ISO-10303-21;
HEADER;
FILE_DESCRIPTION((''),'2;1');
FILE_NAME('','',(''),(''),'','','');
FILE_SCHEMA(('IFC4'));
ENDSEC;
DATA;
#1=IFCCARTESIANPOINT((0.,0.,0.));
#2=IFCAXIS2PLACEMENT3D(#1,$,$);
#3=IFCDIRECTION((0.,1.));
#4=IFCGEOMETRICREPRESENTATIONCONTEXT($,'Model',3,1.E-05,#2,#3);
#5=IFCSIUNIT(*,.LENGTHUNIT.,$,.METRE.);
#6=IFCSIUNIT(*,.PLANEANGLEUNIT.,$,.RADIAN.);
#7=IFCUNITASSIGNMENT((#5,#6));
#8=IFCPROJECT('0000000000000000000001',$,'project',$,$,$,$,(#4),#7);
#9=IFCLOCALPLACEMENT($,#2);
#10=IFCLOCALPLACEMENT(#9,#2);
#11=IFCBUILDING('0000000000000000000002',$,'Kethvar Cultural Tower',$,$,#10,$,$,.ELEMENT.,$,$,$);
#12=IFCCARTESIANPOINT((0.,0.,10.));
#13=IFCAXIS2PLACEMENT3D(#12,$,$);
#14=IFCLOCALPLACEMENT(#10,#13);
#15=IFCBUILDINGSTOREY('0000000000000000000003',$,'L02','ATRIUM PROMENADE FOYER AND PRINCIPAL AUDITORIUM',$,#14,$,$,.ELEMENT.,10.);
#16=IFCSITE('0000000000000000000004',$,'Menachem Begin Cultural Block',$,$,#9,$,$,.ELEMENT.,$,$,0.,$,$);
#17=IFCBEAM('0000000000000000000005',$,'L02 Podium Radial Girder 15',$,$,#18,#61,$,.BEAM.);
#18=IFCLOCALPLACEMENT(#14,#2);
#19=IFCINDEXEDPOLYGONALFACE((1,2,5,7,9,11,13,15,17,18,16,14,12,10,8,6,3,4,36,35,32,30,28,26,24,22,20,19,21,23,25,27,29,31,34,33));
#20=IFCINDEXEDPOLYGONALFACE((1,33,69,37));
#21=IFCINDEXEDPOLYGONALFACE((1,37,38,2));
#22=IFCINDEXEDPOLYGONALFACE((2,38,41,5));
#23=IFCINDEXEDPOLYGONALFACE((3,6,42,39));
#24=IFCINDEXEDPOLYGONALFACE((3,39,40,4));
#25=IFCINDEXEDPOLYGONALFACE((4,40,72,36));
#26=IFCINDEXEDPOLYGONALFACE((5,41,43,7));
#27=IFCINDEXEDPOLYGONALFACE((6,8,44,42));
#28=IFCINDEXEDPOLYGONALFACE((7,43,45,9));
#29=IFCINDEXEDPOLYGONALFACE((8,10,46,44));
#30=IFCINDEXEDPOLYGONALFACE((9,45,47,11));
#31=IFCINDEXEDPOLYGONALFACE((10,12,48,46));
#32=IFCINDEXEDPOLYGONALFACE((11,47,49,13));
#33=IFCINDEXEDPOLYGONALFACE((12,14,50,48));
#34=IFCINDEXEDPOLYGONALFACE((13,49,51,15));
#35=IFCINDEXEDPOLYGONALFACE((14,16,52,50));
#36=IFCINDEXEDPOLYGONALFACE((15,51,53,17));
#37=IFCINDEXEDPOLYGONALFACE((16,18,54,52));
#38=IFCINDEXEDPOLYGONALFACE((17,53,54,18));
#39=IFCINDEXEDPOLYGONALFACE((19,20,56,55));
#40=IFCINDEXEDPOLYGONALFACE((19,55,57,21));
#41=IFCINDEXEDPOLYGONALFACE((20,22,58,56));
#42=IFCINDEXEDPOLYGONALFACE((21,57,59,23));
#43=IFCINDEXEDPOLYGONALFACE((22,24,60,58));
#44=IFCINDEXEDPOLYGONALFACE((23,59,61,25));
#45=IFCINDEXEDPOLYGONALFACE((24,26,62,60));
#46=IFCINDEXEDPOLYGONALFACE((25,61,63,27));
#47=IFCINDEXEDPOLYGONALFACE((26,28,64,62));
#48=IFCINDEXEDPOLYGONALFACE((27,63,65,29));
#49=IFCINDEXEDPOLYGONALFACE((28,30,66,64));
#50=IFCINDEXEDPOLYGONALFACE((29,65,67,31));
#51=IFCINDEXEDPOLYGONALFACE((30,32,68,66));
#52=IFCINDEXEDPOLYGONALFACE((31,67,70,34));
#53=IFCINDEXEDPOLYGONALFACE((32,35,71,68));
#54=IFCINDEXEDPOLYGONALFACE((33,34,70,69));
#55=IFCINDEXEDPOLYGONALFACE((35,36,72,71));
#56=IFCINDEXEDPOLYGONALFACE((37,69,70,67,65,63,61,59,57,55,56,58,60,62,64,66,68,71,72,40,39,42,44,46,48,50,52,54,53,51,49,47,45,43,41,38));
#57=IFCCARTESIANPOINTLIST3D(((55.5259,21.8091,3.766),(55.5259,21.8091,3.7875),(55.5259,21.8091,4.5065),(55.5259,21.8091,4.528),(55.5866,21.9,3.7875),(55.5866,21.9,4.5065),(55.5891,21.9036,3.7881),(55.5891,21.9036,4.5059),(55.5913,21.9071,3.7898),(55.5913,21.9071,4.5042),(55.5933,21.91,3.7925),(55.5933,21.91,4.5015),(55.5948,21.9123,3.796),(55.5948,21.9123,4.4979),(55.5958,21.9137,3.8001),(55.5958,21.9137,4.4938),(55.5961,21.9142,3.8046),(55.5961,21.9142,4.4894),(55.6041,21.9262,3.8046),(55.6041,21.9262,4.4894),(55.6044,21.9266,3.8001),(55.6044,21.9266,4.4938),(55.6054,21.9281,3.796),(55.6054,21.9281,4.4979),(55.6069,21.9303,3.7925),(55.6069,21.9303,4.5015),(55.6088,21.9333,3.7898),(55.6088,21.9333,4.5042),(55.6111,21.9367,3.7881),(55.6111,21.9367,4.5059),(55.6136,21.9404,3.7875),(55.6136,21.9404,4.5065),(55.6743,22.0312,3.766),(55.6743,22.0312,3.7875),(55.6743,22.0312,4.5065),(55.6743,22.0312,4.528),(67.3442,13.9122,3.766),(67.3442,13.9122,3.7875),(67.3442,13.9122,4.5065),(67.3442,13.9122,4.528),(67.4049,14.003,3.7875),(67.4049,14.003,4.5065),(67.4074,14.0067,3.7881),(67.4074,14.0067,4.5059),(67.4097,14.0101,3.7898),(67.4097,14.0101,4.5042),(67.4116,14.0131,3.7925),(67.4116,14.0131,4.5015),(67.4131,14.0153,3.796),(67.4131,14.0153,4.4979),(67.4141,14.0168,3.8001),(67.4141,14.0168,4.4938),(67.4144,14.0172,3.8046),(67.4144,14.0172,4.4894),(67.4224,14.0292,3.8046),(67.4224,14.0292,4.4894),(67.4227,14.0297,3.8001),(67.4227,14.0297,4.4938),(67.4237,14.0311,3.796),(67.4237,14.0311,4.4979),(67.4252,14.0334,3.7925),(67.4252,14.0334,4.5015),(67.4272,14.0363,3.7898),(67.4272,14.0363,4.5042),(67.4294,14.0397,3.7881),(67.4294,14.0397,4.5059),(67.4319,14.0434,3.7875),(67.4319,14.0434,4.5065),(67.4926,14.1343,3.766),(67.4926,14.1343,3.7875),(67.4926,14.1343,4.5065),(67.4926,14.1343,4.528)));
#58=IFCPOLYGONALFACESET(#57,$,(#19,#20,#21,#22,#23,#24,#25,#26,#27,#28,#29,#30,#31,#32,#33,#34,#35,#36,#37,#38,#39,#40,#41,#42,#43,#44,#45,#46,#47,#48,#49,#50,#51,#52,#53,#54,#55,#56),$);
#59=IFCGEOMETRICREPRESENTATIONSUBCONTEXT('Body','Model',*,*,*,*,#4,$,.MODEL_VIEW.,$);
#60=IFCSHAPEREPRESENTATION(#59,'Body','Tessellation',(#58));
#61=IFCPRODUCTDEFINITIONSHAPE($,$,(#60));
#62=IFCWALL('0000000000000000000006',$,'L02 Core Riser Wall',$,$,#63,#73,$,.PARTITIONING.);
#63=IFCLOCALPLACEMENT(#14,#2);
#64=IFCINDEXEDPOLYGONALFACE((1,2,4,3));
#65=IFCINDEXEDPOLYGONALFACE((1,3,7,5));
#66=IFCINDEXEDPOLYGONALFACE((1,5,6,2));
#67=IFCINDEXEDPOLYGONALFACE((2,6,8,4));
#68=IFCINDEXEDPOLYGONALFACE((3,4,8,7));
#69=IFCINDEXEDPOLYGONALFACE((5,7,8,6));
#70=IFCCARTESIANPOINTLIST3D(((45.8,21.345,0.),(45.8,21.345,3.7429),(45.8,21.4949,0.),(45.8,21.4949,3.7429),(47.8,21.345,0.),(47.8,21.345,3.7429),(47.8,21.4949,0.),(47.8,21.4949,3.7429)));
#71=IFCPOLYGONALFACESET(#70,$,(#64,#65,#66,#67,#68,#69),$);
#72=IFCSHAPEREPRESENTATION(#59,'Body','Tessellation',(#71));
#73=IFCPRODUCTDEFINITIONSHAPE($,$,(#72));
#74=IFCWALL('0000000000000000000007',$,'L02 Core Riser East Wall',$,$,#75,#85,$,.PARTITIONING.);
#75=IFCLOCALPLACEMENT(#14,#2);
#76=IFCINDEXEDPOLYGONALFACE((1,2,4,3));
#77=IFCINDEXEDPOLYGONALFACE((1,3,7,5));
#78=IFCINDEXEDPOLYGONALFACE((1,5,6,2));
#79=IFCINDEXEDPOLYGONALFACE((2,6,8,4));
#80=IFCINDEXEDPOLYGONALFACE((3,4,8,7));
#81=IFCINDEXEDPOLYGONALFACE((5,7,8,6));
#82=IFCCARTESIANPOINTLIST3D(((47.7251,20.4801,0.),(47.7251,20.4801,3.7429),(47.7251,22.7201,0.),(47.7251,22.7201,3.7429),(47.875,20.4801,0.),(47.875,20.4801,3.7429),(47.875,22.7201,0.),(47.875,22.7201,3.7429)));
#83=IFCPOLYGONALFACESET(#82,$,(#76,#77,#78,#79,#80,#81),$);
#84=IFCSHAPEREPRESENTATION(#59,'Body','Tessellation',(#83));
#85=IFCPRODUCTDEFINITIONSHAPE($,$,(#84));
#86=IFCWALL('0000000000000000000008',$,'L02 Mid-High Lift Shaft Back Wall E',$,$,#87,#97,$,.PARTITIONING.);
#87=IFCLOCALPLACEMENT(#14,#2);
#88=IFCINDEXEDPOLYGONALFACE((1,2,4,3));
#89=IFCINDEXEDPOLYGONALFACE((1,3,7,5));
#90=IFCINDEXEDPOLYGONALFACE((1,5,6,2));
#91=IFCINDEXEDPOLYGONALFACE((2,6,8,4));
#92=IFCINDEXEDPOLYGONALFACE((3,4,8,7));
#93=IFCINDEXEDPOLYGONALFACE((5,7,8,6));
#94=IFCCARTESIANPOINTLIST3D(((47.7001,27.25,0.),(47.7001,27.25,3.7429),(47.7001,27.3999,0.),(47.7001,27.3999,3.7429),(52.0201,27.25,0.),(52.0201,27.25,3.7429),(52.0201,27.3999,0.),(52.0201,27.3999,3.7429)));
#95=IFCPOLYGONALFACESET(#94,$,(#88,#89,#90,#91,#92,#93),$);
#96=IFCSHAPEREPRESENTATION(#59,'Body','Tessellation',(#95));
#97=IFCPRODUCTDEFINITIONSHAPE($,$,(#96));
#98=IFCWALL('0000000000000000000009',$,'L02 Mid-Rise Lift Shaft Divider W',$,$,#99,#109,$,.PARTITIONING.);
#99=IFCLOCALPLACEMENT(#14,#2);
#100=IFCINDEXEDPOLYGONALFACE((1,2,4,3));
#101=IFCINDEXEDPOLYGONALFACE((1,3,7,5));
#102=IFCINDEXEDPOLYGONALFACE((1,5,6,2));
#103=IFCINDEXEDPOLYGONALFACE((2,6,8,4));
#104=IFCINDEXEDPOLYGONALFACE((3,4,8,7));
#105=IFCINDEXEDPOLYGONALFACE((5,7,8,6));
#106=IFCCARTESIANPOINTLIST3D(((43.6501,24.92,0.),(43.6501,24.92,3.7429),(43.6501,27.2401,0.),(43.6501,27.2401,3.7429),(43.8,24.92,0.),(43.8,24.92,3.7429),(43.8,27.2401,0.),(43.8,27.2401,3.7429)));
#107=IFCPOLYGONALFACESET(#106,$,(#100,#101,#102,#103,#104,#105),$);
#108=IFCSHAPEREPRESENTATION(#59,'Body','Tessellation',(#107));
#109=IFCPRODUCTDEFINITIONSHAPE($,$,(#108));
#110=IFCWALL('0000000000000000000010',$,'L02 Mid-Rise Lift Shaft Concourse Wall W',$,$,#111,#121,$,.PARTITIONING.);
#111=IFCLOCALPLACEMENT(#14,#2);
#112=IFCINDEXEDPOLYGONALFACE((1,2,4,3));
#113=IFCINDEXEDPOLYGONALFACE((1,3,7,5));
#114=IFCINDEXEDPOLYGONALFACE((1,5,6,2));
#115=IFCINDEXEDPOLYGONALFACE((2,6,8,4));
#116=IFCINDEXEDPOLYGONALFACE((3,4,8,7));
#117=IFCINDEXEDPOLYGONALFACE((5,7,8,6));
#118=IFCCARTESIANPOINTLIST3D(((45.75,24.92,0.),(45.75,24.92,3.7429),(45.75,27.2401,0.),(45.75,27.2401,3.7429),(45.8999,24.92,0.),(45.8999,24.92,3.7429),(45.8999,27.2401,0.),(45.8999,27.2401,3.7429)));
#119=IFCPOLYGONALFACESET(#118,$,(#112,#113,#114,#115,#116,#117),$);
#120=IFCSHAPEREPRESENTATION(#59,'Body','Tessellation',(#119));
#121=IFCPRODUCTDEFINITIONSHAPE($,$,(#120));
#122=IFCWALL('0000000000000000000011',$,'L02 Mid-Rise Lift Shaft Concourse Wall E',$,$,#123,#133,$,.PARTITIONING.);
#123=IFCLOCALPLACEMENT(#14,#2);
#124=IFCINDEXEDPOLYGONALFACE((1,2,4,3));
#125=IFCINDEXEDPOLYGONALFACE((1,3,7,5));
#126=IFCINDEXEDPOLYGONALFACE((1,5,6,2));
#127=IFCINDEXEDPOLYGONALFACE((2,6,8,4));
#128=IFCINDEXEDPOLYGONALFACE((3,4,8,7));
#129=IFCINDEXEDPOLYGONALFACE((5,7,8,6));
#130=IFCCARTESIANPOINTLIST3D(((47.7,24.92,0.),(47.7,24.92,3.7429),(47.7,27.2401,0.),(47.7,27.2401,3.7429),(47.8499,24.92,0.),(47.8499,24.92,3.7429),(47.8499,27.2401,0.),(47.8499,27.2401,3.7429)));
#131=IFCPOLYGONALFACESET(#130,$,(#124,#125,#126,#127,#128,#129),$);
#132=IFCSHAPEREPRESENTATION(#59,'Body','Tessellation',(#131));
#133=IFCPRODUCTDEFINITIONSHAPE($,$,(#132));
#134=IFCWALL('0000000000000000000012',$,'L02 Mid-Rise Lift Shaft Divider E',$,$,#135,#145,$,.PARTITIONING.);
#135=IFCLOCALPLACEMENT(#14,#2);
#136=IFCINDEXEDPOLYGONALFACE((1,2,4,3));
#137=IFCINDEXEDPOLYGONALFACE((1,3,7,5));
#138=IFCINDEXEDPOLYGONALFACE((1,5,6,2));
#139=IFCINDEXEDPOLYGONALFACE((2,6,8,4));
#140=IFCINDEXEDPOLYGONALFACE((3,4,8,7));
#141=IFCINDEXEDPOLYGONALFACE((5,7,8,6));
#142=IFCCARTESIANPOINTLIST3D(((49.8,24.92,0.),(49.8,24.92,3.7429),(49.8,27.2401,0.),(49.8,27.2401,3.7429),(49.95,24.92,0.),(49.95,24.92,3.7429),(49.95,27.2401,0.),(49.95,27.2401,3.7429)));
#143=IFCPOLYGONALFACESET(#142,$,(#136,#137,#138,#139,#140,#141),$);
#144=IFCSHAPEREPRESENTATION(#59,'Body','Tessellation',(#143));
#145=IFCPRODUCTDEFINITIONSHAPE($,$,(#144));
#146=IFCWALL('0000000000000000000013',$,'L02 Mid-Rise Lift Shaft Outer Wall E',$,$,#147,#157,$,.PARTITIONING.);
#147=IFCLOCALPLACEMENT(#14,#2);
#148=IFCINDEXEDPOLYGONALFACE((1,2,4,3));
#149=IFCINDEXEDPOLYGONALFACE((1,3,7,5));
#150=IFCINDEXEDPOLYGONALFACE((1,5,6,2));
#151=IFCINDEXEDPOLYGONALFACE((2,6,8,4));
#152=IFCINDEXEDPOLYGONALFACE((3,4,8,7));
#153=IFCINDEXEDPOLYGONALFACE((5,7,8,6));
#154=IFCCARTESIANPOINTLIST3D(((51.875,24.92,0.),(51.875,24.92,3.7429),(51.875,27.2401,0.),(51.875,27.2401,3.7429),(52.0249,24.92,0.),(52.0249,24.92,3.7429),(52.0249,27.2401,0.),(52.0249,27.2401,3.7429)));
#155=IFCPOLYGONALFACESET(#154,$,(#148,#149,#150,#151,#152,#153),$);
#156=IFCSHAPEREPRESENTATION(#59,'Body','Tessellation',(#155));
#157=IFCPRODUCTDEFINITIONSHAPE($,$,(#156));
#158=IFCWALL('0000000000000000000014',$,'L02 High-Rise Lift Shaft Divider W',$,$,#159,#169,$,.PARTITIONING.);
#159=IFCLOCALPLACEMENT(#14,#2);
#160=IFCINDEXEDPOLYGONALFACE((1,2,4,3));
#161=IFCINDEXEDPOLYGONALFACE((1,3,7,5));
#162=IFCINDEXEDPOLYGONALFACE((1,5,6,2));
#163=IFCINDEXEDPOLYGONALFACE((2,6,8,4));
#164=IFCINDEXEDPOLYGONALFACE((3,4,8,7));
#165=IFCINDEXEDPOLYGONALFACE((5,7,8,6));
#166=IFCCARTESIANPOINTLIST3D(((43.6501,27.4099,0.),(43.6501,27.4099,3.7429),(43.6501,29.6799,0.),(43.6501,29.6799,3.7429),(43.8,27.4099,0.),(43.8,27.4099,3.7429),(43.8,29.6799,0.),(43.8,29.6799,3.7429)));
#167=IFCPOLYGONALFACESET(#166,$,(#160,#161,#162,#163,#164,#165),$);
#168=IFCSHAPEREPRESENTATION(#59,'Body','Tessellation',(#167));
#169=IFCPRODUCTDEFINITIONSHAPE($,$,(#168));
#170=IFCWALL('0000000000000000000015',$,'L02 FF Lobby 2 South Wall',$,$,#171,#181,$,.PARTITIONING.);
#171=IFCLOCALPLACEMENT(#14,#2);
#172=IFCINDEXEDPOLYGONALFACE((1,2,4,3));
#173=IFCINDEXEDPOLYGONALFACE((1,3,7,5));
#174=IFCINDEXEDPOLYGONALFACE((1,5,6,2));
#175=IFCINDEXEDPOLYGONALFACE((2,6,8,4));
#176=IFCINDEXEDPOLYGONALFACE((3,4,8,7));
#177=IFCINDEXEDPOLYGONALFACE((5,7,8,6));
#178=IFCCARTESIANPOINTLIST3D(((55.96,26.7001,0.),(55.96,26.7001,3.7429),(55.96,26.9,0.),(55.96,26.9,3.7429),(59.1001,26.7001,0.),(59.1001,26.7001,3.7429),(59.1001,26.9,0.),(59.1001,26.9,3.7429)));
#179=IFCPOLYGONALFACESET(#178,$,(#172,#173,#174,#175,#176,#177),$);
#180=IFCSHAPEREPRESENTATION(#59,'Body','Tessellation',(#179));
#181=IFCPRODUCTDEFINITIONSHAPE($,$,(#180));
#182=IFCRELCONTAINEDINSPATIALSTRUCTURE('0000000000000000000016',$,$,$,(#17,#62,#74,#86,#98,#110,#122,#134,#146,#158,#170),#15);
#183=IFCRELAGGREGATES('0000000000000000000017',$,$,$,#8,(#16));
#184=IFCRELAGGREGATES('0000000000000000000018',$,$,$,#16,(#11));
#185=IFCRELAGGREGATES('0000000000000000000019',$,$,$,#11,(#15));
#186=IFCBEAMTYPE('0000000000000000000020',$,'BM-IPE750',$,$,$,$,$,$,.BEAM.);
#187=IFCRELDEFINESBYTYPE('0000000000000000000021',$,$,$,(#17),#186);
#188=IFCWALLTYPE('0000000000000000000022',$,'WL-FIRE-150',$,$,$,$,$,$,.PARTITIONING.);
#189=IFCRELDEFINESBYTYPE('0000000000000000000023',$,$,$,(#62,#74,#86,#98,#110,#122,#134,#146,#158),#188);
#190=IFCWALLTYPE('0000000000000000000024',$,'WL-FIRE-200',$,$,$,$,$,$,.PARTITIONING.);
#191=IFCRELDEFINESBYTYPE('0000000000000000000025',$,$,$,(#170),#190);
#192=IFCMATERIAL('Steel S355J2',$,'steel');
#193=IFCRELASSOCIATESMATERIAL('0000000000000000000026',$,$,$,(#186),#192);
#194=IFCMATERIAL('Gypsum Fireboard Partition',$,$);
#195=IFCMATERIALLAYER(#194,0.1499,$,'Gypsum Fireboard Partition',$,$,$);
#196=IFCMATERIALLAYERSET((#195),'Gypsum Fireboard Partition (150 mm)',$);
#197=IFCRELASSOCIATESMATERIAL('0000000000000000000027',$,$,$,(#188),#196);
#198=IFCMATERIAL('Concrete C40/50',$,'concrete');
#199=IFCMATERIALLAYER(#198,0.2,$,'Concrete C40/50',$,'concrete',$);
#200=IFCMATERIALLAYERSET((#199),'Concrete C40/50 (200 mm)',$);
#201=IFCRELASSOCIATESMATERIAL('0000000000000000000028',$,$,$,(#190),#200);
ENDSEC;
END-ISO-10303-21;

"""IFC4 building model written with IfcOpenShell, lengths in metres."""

from ifc_helpers import new_model, si_unit, direction, frame, frame_2d, origin, origin_2d, place, context, subcontext, project, spatial, rectangle, i_section, extrude, source, transform, mapped, material, layer, layer_set, material_profile, profile_set, type_object, element, save


model = new_model("IFC4")

# Units and contexts
model_context = context("Model", 3, precision=1e-05, world=origin(), true_north=direction((0.0, 1.0)))
body_context = subcontext(model_context, "Body", "Model", "MODEL_VIEW")
ifc_project = project(units=[si_unit("LENGTHUNIT", "METRE"), si_unit("PLANEANGLEUNIT", "RADIAN")], contexts=[model_context])

# Site, building, storey
site_placement = place(None, origin())
site = spatial("IfcSite", under=ifc_project, at=site_placement, Name="Menachem Begin Cultural Block", CompositionType="ELEMENT", RefElevation=0.0)
building_placement = place(site_placement, origin())
building = spatial("IfcBuilding", under=site, at=building_placement, Name="Kethvar Cultural Tower", CompositionType="ELEMENT")
storey_placement = place(building_placement, frame((0.0, 0.0, 10.0)))
storey = spatial("IfcBuildingStorey", under=building, at=storey_placement, Name="L02", Description="ATRIUM PROMENADE FOYER AND PRINCIPAL AUDITORIUM", CompositionType="ELEMENT", Elevation=10.0)

# Beam
ifc_material_1 = material(Name="Steel S355J2", Category="steel")
ifc_material_profile = material_profile(ifc_material_1, i_section(OverallWidth=0.2671, OverallDepth=0.762, WebThickness=0.0144, FlangeThickness=0.0215, FilletRadius=0.0171, at=origin_2d()), Name="Steel S355J2 — IPE750x173")
ifc_profile_set = profile_set([ifc_material_profile], Name="Steel S355J2 — IPE750x173")
beam_type = type_object("IfcBeamType", Name="BM-IPE750", PredefinedType="BEAM", material=ifc_profile_set)
shared_shape_1 = source(origin(), body_context, "Body", "SweptSolid", [
    extrude(i_section(OverallWidth=0.2671, OverallDepth=0.762, WebThickness=0.0144, FlangeThickness=0.0215, FilletRadius=0.0171, at=origin_2d()), origin(), (0.0, 0.0, 1.0), 14.2139),
])
beam_placement = place(storey_placement, frame((55.6001, 21.9202, 4.147), z_axis=(0.831463, -0.55558, 0.0), x_axis=(0.55558, 0.831463, 0.0)))
element("IfcBeam", 1, at=beam_placement, inside=storey, type_object=beam_type, Name="L02 Podium Radial Girder 15", PredefinedType="BEAM", context=body_context, shape_type="MappedRepresentation", body=[
    mapped(shared_shape_1, transform((0.0, 0.0, 0.0), scale=1.0)),
])

# Walls
ifc_material_2 = material(Name="Gypsum Fireboard Partition")
ifc_layer_1 = layer(ifc_material_2, 0.1499, Name="Gypsum Fireboard Partition")
ifc_layer_set_1 = layer_set([ifc_layer_1], Name="Gypsum Fireboard Partition (150 mm)")
wall_type_1 = type_object("IfcWallType", Name="WL-FIRE-150", PredefinedType="PARTITIONING", material=ifc_layer_set_1)
wall_1_placement = place(storey_placement, frame((45.8, 21.4199, 0.0), z_axis=(0.0, 0.0, 1.0), x_axis=(1.0, 0.0, 0.0)))
element("IfcWall", 2, at=wall_1_placement, inside=storey, type_object=wall_type_1, Name="L02 Core Riser Wall", PredefinedType="PARTITIONING", context=body_context, shape_type="SweptSolid", body=[
    extrude(rectangle(XDim=2.0, YDim=0.1499, at=frame_2d((1.0, 0.0))), origin(), (0.0, 0.0, 1.0), 3.7429),
])
wall_2_placement = place(storey_placement, frame((47.8, 20.48, 0.0), z_axis=(0.0, 0.0, 1.0), x_axis=(0.0, 1.0, 0.0)))
element("IfcWall", 3, at=wall_2_placement, inside=storey, type_object=wall_type_1, Name="L02 Core Riser East Wall", PredefinedType="PARTITIONING", context=body_context, shape_type="SweptSolid", body=[
    extrude(rectangle(XDim=2.24, YDim=0.1499, at=frame_2d((1.1201, 0.0))), origin(), (0.0, 0.0, 1.0), 3.7429),
])
wall_3_placement = place(storey_placement, frame((47.7, 27.325, 0.0), z_axis=(0.0, 0.0, 1.0), x_axis=(1.0, 0.0, 0.0)))
element("IfcWall", 4, at=wall_3_placement, inside=storey, type_object=wall_type_1, Name="L02 Mid-High Lift Shaft Back Wall E", PredefinedType="PARTITIONING", context=body_context, shape_type="SweptSolid", body=[
    extrude(rectangle(XDim=4.3201, YDim=0.1499, at=frame_2d((2.1602, 0.0))), origin(), (0.0, 0.0, 1.0), 3.7429),
])
for number, where, z_axis, x_axis, name in (
    (5, (43.7251, 24.9199, 0.0), (0.0, 0.0, 1.0), (0.0, 1.0, 0.0), "L02 Mid-Rise Lift Shaft Divider W"),
    (6, (45.825, 24.9199, 0.0), (0.0, 0.0, 1.0), (0.0, 1.0, 0.0), "L02 Mid-Rise Lift Shaft Concourse Wall W"),
    (7, (47.7749, 24.9199, 0.0), (0.0, 0.0, 1.0), (0.0, 1.0, 0.0), "L02 Mid-Rise Lift Shaft Concourse Wall E"),
    (8, (49.875, 24.9199, 0.0), (0.0, 0.0, 1.0), (0.0, 1.0, 0.0), "L02 Mid-Rise Lift Shaft Divider E"),
    (9, (51.95, 24.9199, 0.0), (0.0, 0.0, 1.0), (0.0, 1.0, 0.0), "L02 Mid-Rise Lift Shaft Outer Wall E"),
):
    element("IfcWall", number, at=place(storey_placement, frame(where, z_axis=z_axis, x_axis=x_axis)), inside=storey, type_object=wall_type_1, Name=name, PredefinedType="PARTITIONING", context=body_context, shape_type="SweptSolid", body=[
        extrude(rectangle(XDim=2.3201, YDim=0.1499, at=frame_2d((1.1602, 0.0))), origin(), (0.0, 0.0, 1.0), 3.7429),
    ])
wall_4_placement = place(storey_placement, frame((43.7251, 27.4099, 0.0), z_axis=(0.0, 0.0, 1.0), x_axis=(0.0, 1.0, 0.0)))
element("IfcWall", 10, at=wall_4_placement, inside=storey, type_object=wall_type_1, Name="L02 High-Rise Lift Shaft Divider W", PredefinedType="PARTITIONING", context=body_context, shape_type="SweptSolid", body=[
    extrude(rectangle(XDim=2.27, YDim=0.1499, at=frame_2d((1.135, 0.0))), origin(), (0.0, 0.0, 1.0), 3.7429),
])

# Shared definitions
ifc_material_3 = material(Name="Concrete C40/50", Category="concrete")
ifc_layer_2 = layer(ifc_material_3, 0.2, Name="Concrete C40/50", Category="concrete")
ifc_layer_set_2 = layer_set([ifc_layer_2], Name="Concrete C40/50 (200 mm)")
wall_type_2 = type_object("IfcWallType", Name="WL-FIRE-200", PredefinedType="PARTITIONING", material=ifc_layer_set_2)

# Wall
wall_5_placement = place(storey_placement, frame((55.96, 26.8, 0.0), z_axis=(0.0, 0.0, 1.0), x_axis=(1.0, 0.0, 0.0)))
element("IfcWall", 11, at=wall_5_placement, inside=storey, type_object=wall_type_2, Name="L02 FF Lobby 2 South Wall", PredefinedType="PARTITIONING", context=body_context, shape_type="SweptSolid", body=[
    extrude(rectangle(XDim=3.1401, YDim=0.2, at=frame_2d((1.5701, 0.0))), origin(), (0.0, 0.0, 1.0), 3.7429),
])

save(model, "model.ifc")
